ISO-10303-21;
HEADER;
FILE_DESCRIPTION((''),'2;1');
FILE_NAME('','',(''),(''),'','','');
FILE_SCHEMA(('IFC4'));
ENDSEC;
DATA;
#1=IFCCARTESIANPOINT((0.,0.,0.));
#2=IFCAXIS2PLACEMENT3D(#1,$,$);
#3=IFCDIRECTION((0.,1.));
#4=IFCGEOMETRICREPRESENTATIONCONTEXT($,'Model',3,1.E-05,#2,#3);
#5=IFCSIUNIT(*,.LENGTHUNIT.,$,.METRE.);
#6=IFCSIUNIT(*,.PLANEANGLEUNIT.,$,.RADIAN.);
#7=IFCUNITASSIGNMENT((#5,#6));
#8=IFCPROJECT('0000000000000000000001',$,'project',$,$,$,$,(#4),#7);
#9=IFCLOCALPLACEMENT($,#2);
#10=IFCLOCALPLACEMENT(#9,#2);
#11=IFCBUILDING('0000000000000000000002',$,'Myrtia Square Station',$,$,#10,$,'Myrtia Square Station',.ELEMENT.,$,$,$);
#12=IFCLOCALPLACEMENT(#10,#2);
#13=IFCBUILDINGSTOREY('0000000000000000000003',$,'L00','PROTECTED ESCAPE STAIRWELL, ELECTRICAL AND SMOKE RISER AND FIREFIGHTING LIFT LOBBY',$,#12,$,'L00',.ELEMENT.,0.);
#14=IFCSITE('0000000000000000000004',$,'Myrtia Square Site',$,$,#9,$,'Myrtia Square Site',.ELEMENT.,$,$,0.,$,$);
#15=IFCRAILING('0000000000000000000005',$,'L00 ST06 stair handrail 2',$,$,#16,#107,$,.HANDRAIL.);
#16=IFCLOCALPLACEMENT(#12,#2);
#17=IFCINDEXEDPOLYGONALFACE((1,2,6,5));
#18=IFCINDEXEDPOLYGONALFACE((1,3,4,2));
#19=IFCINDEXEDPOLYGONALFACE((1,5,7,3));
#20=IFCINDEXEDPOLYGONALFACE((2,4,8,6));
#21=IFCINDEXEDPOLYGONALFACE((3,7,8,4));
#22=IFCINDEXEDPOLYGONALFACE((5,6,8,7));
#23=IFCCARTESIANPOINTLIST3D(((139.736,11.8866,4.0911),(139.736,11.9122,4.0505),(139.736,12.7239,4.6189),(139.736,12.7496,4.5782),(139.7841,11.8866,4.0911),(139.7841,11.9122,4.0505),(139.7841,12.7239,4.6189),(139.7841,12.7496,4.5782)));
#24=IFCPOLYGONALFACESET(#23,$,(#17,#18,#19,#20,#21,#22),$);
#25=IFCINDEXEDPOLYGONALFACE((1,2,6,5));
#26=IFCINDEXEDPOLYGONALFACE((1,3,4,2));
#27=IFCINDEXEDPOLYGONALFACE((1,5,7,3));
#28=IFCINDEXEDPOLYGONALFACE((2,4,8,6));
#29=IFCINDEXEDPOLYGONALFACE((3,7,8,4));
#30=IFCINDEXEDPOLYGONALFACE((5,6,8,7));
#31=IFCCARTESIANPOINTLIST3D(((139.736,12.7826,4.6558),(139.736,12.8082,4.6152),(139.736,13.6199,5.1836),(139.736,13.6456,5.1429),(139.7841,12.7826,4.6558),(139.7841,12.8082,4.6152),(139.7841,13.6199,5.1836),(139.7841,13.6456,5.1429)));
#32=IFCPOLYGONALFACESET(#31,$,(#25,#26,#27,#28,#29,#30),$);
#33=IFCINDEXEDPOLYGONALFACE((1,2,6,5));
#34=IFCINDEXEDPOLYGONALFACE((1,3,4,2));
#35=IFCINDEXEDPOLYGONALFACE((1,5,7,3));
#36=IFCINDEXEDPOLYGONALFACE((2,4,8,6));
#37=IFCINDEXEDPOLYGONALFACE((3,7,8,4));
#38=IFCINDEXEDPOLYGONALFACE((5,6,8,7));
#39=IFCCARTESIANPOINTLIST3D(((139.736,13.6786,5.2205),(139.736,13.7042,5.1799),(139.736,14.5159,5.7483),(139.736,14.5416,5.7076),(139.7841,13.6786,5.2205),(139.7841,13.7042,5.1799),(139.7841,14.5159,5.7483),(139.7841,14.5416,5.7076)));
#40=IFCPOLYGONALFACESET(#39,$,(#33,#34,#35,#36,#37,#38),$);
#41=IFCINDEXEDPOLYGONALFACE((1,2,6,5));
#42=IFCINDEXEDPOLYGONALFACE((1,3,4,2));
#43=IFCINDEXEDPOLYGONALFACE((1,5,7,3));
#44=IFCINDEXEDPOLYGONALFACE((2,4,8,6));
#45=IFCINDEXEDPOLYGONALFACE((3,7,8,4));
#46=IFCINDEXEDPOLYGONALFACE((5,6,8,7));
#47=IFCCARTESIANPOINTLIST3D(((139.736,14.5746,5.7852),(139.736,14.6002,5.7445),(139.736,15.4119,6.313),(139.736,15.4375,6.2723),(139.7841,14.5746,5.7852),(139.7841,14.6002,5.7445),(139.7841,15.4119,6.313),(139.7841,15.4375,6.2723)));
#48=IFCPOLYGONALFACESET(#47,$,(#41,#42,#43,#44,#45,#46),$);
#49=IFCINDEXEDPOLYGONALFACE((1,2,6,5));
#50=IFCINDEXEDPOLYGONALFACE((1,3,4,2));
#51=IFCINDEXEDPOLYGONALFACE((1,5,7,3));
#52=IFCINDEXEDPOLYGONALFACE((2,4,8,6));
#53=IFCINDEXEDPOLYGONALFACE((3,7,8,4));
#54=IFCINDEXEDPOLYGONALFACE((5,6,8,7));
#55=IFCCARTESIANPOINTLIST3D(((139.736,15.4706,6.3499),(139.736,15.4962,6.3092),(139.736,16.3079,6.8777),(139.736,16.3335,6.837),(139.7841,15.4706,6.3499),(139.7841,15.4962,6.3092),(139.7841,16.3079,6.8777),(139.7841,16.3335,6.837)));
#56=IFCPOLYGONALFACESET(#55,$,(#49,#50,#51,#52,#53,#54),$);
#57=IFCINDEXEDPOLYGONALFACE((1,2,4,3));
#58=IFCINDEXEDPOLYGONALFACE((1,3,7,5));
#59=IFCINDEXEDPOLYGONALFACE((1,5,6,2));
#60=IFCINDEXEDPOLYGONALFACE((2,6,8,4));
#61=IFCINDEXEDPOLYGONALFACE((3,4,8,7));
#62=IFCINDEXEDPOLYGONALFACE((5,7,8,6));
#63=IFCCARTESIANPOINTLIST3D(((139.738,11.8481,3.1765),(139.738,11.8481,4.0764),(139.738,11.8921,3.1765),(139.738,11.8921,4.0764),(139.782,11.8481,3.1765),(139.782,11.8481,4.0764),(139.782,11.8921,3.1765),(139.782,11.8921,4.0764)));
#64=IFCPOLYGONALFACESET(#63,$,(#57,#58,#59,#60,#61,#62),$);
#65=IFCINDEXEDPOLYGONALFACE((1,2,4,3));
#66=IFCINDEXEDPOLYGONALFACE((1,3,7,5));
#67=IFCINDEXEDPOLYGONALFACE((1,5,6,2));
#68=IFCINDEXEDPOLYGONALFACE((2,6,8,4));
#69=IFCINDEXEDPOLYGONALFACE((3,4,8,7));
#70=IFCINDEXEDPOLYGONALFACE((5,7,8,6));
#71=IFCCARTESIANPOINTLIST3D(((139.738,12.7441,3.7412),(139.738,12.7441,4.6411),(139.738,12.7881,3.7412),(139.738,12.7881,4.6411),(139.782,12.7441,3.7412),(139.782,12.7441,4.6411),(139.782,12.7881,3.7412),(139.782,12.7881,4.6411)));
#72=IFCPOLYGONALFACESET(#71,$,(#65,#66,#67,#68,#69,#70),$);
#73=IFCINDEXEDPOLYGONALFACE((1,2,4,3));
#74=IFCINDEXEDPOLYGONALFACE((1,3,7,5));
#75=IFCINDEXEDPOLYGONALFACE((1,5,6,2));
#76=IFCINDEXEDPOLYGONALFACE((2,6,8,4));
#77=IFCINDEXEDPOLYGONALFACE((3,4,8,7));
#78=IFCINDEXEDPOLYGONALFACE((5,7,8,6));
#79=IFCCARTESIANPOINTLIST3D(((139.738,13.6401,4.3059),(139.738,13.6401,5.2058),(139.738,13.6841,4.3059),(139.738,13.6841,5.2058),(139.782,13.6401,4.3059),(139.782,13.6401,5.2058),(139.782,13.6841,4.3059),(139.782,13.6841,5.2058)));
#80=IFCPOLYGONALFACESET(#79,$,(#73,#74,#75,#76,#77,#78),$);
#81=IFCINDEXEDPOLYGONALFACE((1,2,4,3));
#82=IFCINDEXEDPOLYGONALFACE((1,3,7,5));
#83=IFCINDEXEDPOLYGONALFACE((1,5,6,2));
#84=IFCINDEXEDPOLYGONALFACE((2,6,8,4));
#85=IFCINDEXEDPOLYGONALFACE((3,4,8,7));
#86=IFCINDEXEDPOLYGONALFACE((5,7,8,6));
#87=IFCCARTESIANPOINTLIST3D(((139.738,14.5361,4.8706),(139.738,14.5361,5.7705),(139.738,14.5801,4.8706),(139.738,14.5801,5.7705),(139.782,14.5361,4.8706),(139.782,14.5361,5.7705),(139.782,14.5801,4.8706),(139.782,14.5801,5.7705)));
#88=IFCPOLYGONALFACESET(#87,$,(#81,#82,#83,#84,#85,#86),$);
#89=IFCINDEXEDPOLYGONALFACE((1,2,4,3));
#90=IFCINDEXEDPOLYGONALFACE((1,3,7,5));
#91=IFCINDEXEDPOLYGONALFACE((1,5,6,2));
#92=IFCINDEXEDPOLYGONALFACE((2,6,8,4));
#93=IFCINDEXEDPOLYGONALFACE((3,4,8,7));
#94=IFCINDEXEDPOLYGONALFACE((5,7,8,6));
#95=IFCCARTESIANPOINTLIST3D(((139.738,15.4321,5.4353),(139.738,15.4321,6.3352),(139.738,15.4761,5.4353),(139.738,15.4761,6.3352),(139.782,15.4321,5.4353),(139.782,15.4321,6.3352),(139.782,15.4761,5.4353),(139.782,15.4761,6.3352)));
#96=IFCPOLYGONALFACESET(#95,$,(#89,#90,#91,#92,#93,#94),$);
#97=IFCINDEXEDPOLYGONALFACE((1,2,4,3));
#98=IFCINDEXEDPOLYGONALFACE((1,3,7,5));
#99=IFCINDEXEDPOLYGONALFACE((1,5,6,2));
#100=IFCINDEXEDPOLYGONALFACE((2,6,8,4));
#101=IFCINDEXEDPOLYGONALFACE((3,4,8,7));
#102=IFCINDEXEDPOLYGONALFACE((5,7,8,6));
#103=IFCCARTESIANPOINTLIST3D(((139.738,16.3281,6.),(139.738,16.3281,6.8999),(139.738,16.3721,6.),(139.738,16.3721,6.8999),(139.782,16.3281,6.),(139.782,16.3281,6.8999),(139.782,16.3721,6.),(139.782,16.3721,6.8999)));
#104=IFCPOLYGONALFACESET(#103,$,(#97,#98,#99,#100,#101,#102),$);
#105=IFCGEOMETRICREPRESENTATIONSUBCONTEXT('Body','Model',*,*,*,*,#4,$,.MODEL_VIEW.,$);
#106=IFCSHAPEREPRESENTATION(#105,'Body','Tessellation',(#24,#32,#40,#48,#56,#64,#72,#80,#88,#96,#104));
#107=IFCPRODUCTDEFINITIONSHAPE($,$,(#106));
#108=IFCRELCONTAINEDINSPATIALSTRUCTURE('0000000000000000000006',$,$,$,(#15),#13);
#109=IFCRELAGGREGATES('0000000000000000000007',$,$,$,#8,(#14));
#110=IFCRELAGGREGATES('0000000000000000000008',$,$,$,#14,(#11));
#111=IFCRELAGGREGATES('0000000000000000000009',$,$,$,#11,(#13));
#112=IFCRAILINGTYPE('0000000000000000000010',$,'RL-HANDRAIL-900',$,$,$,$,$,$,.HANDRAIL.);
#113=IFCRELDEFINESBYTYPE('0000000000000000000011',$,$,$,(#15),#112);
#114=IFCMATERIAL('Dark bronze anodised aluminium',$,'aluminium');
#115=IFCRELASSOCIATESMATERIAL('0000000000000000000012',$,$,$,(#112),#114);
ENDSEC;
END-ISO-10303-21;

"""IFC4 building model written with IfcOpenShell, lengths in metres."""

from ifc_helpers import new_model, si_unit, direction, frame, origin, origin_2d, place, context, subcontext, project, spatial, rectangle, extrude, material, type_object, element, save


model = new_model("IFC4")

# Units and contexts
model_context = context("Model", 3, precision=1e-05, world=origin(), true_north=direction((0.0, 1.0)))
body_context = subcontext(model_context, "Body", "Model", "MODEL_VIEW")
ifc_project = project(units=[si_unit("LENGTHUNIT", "METRE"), si_unit("PLANEANGLEUNIT", "RADIAN")], contexts=[model_context])

# Site, building, storey
site_placement = place(None, origin())
site = spatial("IfcSite", under=ifc_project, at=site_placement, Name="Myrtia Square Site", LongName="Myrtia Square Site", CompositionType="ELEMENT", RefElevation=0.0)
building_placement = place(site_placement, origin())
building = spatial("IfcBuilding", under=site, at=building_placement, Name="Myrtia Square Station", LongName="Myrtia Square Station", CompositionType="ELEMENT")
storey_placement = place(building_placement, origin())
storey = spatial("IfcBuildingStorey", under=building, at=storey_placement, Name="L00", Description="PROTECTED ESCAPE STAIRWELL, ELECTRICAL AND SMOKE RISER AND FIREFIGHTING LIFT LOBBY", LongName="L00", CompositionType="ELEMENT", Elevation=0.0)

# Shared definitions
ifc_material_1 = material(Name="Dark bronze anodised aluminium", Category="aluminium")

# Railing
railing_type_1 = type_object("IfcRailingType", Name="RL-HANDRAIL-900", PredefinedType="HANDRAIL", material=ifc_material_1)
railing_1_placement = place(storey_placement, frame((139.76, 11.8701, 3.1765)))
element("IfcRailing", 1, at=railing_1_placement, inside=storey, type_object=railing_type_1, Name="L00 ST06 stair handrail 2", PredefinedType="HANDRAIL", context=body_context, shape_type="SweptSolid", body=[
    extrude(rectangle(XDim=0.0481, YDim=0.0481, at=origin_2d()), frame((0.0, 0.0293, 0.8943), z_axis=(0.0, 0.845998, 0.533186), x_axis=(-1.0, 0.0, 0.0)), (0.0, 0.0, 1.0), 0.9897),
    extrude(rectangle(XDim=0.0481, YDim=0.0481, at=origin_2d()), frame((0.0, 0.9253, 1.459), z_axis=(0.0, 0.845998, 0.533186), x_axis=(-1.0, 0.0, 0.0)), (0.0, 0.0, 1.0), 0.9897),
    extrude(rectangle(XDim=0.0481, YDim=0.0481, at=origin_2d()), frame((0.0, 1.8213, 2.0237), z_axis=(0.0, 0.845998, 0.533186), x_axis=(-1.0, 0.0, 0.0)), (0.0, 0.0, 1.0), 0.9897),
    extrude(rectangle(XDim=0.0481, YDim=0.0481, at=origin_2d()), frame((0.0, 2.7173, 2.5884), z_axis=(0.0, 0.845998, 0.533186), x_axis=(-1.0, 0.0, 0.0)), (0.0, 0.0, 1.0), 0.9897),
    extrude(rectangle(XDim=0.0481, YDim=0.0481, at=origin_2d()), frame((0.0, 3.6133, 3.1531), z_axis=(0.0, 0.845998, 0.533186), x_axis=(-1.0, 0.0, 0.0)), (0.0, 0.0, 1.0), 0.9897),
    extrude(rectangle(XDim=0.0439, YDim=0.0439, at=origin_2d()), origin(), (0.0, 0.0, 1.0), 0.8999),
    extrude(rectangle(XDim=0.0439, YDim=0.0439, at=origin_2d()), frame((0.0, 0.896, 0.5647)), (0.0, 0.0, 1.0), 0.8999),
    extrude(rectangle(XDim=0.0439, YDim=0.0439, at=origin_2d()), frame((0.0, 1.792, 1.1294)), (0.0, 0.0, 1.0), 0.8999),
    extrude(rectangle(XDim=0.0439, YDim=0.0439, at=origin_2d()), frame((0.0, 2.688, 1.6941)), (0.0, 0.0, 1.0), 0.8999),
    extrude(rectangle(XDim=0.0439, YDim=0.0439, at=origin_2d()), frame((0.0, 3.584, 2.2588)), (0.0, 0.0, 1.0), 0.8999),
    extrude(rectangle(XDim=0.0439, YDim=0.0439, at=origin_2d()), frame((0.0, 4.48, 2.8235)), (0.0, 0.0, 1.0), 0.8999),
])

save(model, "model.ifc")
